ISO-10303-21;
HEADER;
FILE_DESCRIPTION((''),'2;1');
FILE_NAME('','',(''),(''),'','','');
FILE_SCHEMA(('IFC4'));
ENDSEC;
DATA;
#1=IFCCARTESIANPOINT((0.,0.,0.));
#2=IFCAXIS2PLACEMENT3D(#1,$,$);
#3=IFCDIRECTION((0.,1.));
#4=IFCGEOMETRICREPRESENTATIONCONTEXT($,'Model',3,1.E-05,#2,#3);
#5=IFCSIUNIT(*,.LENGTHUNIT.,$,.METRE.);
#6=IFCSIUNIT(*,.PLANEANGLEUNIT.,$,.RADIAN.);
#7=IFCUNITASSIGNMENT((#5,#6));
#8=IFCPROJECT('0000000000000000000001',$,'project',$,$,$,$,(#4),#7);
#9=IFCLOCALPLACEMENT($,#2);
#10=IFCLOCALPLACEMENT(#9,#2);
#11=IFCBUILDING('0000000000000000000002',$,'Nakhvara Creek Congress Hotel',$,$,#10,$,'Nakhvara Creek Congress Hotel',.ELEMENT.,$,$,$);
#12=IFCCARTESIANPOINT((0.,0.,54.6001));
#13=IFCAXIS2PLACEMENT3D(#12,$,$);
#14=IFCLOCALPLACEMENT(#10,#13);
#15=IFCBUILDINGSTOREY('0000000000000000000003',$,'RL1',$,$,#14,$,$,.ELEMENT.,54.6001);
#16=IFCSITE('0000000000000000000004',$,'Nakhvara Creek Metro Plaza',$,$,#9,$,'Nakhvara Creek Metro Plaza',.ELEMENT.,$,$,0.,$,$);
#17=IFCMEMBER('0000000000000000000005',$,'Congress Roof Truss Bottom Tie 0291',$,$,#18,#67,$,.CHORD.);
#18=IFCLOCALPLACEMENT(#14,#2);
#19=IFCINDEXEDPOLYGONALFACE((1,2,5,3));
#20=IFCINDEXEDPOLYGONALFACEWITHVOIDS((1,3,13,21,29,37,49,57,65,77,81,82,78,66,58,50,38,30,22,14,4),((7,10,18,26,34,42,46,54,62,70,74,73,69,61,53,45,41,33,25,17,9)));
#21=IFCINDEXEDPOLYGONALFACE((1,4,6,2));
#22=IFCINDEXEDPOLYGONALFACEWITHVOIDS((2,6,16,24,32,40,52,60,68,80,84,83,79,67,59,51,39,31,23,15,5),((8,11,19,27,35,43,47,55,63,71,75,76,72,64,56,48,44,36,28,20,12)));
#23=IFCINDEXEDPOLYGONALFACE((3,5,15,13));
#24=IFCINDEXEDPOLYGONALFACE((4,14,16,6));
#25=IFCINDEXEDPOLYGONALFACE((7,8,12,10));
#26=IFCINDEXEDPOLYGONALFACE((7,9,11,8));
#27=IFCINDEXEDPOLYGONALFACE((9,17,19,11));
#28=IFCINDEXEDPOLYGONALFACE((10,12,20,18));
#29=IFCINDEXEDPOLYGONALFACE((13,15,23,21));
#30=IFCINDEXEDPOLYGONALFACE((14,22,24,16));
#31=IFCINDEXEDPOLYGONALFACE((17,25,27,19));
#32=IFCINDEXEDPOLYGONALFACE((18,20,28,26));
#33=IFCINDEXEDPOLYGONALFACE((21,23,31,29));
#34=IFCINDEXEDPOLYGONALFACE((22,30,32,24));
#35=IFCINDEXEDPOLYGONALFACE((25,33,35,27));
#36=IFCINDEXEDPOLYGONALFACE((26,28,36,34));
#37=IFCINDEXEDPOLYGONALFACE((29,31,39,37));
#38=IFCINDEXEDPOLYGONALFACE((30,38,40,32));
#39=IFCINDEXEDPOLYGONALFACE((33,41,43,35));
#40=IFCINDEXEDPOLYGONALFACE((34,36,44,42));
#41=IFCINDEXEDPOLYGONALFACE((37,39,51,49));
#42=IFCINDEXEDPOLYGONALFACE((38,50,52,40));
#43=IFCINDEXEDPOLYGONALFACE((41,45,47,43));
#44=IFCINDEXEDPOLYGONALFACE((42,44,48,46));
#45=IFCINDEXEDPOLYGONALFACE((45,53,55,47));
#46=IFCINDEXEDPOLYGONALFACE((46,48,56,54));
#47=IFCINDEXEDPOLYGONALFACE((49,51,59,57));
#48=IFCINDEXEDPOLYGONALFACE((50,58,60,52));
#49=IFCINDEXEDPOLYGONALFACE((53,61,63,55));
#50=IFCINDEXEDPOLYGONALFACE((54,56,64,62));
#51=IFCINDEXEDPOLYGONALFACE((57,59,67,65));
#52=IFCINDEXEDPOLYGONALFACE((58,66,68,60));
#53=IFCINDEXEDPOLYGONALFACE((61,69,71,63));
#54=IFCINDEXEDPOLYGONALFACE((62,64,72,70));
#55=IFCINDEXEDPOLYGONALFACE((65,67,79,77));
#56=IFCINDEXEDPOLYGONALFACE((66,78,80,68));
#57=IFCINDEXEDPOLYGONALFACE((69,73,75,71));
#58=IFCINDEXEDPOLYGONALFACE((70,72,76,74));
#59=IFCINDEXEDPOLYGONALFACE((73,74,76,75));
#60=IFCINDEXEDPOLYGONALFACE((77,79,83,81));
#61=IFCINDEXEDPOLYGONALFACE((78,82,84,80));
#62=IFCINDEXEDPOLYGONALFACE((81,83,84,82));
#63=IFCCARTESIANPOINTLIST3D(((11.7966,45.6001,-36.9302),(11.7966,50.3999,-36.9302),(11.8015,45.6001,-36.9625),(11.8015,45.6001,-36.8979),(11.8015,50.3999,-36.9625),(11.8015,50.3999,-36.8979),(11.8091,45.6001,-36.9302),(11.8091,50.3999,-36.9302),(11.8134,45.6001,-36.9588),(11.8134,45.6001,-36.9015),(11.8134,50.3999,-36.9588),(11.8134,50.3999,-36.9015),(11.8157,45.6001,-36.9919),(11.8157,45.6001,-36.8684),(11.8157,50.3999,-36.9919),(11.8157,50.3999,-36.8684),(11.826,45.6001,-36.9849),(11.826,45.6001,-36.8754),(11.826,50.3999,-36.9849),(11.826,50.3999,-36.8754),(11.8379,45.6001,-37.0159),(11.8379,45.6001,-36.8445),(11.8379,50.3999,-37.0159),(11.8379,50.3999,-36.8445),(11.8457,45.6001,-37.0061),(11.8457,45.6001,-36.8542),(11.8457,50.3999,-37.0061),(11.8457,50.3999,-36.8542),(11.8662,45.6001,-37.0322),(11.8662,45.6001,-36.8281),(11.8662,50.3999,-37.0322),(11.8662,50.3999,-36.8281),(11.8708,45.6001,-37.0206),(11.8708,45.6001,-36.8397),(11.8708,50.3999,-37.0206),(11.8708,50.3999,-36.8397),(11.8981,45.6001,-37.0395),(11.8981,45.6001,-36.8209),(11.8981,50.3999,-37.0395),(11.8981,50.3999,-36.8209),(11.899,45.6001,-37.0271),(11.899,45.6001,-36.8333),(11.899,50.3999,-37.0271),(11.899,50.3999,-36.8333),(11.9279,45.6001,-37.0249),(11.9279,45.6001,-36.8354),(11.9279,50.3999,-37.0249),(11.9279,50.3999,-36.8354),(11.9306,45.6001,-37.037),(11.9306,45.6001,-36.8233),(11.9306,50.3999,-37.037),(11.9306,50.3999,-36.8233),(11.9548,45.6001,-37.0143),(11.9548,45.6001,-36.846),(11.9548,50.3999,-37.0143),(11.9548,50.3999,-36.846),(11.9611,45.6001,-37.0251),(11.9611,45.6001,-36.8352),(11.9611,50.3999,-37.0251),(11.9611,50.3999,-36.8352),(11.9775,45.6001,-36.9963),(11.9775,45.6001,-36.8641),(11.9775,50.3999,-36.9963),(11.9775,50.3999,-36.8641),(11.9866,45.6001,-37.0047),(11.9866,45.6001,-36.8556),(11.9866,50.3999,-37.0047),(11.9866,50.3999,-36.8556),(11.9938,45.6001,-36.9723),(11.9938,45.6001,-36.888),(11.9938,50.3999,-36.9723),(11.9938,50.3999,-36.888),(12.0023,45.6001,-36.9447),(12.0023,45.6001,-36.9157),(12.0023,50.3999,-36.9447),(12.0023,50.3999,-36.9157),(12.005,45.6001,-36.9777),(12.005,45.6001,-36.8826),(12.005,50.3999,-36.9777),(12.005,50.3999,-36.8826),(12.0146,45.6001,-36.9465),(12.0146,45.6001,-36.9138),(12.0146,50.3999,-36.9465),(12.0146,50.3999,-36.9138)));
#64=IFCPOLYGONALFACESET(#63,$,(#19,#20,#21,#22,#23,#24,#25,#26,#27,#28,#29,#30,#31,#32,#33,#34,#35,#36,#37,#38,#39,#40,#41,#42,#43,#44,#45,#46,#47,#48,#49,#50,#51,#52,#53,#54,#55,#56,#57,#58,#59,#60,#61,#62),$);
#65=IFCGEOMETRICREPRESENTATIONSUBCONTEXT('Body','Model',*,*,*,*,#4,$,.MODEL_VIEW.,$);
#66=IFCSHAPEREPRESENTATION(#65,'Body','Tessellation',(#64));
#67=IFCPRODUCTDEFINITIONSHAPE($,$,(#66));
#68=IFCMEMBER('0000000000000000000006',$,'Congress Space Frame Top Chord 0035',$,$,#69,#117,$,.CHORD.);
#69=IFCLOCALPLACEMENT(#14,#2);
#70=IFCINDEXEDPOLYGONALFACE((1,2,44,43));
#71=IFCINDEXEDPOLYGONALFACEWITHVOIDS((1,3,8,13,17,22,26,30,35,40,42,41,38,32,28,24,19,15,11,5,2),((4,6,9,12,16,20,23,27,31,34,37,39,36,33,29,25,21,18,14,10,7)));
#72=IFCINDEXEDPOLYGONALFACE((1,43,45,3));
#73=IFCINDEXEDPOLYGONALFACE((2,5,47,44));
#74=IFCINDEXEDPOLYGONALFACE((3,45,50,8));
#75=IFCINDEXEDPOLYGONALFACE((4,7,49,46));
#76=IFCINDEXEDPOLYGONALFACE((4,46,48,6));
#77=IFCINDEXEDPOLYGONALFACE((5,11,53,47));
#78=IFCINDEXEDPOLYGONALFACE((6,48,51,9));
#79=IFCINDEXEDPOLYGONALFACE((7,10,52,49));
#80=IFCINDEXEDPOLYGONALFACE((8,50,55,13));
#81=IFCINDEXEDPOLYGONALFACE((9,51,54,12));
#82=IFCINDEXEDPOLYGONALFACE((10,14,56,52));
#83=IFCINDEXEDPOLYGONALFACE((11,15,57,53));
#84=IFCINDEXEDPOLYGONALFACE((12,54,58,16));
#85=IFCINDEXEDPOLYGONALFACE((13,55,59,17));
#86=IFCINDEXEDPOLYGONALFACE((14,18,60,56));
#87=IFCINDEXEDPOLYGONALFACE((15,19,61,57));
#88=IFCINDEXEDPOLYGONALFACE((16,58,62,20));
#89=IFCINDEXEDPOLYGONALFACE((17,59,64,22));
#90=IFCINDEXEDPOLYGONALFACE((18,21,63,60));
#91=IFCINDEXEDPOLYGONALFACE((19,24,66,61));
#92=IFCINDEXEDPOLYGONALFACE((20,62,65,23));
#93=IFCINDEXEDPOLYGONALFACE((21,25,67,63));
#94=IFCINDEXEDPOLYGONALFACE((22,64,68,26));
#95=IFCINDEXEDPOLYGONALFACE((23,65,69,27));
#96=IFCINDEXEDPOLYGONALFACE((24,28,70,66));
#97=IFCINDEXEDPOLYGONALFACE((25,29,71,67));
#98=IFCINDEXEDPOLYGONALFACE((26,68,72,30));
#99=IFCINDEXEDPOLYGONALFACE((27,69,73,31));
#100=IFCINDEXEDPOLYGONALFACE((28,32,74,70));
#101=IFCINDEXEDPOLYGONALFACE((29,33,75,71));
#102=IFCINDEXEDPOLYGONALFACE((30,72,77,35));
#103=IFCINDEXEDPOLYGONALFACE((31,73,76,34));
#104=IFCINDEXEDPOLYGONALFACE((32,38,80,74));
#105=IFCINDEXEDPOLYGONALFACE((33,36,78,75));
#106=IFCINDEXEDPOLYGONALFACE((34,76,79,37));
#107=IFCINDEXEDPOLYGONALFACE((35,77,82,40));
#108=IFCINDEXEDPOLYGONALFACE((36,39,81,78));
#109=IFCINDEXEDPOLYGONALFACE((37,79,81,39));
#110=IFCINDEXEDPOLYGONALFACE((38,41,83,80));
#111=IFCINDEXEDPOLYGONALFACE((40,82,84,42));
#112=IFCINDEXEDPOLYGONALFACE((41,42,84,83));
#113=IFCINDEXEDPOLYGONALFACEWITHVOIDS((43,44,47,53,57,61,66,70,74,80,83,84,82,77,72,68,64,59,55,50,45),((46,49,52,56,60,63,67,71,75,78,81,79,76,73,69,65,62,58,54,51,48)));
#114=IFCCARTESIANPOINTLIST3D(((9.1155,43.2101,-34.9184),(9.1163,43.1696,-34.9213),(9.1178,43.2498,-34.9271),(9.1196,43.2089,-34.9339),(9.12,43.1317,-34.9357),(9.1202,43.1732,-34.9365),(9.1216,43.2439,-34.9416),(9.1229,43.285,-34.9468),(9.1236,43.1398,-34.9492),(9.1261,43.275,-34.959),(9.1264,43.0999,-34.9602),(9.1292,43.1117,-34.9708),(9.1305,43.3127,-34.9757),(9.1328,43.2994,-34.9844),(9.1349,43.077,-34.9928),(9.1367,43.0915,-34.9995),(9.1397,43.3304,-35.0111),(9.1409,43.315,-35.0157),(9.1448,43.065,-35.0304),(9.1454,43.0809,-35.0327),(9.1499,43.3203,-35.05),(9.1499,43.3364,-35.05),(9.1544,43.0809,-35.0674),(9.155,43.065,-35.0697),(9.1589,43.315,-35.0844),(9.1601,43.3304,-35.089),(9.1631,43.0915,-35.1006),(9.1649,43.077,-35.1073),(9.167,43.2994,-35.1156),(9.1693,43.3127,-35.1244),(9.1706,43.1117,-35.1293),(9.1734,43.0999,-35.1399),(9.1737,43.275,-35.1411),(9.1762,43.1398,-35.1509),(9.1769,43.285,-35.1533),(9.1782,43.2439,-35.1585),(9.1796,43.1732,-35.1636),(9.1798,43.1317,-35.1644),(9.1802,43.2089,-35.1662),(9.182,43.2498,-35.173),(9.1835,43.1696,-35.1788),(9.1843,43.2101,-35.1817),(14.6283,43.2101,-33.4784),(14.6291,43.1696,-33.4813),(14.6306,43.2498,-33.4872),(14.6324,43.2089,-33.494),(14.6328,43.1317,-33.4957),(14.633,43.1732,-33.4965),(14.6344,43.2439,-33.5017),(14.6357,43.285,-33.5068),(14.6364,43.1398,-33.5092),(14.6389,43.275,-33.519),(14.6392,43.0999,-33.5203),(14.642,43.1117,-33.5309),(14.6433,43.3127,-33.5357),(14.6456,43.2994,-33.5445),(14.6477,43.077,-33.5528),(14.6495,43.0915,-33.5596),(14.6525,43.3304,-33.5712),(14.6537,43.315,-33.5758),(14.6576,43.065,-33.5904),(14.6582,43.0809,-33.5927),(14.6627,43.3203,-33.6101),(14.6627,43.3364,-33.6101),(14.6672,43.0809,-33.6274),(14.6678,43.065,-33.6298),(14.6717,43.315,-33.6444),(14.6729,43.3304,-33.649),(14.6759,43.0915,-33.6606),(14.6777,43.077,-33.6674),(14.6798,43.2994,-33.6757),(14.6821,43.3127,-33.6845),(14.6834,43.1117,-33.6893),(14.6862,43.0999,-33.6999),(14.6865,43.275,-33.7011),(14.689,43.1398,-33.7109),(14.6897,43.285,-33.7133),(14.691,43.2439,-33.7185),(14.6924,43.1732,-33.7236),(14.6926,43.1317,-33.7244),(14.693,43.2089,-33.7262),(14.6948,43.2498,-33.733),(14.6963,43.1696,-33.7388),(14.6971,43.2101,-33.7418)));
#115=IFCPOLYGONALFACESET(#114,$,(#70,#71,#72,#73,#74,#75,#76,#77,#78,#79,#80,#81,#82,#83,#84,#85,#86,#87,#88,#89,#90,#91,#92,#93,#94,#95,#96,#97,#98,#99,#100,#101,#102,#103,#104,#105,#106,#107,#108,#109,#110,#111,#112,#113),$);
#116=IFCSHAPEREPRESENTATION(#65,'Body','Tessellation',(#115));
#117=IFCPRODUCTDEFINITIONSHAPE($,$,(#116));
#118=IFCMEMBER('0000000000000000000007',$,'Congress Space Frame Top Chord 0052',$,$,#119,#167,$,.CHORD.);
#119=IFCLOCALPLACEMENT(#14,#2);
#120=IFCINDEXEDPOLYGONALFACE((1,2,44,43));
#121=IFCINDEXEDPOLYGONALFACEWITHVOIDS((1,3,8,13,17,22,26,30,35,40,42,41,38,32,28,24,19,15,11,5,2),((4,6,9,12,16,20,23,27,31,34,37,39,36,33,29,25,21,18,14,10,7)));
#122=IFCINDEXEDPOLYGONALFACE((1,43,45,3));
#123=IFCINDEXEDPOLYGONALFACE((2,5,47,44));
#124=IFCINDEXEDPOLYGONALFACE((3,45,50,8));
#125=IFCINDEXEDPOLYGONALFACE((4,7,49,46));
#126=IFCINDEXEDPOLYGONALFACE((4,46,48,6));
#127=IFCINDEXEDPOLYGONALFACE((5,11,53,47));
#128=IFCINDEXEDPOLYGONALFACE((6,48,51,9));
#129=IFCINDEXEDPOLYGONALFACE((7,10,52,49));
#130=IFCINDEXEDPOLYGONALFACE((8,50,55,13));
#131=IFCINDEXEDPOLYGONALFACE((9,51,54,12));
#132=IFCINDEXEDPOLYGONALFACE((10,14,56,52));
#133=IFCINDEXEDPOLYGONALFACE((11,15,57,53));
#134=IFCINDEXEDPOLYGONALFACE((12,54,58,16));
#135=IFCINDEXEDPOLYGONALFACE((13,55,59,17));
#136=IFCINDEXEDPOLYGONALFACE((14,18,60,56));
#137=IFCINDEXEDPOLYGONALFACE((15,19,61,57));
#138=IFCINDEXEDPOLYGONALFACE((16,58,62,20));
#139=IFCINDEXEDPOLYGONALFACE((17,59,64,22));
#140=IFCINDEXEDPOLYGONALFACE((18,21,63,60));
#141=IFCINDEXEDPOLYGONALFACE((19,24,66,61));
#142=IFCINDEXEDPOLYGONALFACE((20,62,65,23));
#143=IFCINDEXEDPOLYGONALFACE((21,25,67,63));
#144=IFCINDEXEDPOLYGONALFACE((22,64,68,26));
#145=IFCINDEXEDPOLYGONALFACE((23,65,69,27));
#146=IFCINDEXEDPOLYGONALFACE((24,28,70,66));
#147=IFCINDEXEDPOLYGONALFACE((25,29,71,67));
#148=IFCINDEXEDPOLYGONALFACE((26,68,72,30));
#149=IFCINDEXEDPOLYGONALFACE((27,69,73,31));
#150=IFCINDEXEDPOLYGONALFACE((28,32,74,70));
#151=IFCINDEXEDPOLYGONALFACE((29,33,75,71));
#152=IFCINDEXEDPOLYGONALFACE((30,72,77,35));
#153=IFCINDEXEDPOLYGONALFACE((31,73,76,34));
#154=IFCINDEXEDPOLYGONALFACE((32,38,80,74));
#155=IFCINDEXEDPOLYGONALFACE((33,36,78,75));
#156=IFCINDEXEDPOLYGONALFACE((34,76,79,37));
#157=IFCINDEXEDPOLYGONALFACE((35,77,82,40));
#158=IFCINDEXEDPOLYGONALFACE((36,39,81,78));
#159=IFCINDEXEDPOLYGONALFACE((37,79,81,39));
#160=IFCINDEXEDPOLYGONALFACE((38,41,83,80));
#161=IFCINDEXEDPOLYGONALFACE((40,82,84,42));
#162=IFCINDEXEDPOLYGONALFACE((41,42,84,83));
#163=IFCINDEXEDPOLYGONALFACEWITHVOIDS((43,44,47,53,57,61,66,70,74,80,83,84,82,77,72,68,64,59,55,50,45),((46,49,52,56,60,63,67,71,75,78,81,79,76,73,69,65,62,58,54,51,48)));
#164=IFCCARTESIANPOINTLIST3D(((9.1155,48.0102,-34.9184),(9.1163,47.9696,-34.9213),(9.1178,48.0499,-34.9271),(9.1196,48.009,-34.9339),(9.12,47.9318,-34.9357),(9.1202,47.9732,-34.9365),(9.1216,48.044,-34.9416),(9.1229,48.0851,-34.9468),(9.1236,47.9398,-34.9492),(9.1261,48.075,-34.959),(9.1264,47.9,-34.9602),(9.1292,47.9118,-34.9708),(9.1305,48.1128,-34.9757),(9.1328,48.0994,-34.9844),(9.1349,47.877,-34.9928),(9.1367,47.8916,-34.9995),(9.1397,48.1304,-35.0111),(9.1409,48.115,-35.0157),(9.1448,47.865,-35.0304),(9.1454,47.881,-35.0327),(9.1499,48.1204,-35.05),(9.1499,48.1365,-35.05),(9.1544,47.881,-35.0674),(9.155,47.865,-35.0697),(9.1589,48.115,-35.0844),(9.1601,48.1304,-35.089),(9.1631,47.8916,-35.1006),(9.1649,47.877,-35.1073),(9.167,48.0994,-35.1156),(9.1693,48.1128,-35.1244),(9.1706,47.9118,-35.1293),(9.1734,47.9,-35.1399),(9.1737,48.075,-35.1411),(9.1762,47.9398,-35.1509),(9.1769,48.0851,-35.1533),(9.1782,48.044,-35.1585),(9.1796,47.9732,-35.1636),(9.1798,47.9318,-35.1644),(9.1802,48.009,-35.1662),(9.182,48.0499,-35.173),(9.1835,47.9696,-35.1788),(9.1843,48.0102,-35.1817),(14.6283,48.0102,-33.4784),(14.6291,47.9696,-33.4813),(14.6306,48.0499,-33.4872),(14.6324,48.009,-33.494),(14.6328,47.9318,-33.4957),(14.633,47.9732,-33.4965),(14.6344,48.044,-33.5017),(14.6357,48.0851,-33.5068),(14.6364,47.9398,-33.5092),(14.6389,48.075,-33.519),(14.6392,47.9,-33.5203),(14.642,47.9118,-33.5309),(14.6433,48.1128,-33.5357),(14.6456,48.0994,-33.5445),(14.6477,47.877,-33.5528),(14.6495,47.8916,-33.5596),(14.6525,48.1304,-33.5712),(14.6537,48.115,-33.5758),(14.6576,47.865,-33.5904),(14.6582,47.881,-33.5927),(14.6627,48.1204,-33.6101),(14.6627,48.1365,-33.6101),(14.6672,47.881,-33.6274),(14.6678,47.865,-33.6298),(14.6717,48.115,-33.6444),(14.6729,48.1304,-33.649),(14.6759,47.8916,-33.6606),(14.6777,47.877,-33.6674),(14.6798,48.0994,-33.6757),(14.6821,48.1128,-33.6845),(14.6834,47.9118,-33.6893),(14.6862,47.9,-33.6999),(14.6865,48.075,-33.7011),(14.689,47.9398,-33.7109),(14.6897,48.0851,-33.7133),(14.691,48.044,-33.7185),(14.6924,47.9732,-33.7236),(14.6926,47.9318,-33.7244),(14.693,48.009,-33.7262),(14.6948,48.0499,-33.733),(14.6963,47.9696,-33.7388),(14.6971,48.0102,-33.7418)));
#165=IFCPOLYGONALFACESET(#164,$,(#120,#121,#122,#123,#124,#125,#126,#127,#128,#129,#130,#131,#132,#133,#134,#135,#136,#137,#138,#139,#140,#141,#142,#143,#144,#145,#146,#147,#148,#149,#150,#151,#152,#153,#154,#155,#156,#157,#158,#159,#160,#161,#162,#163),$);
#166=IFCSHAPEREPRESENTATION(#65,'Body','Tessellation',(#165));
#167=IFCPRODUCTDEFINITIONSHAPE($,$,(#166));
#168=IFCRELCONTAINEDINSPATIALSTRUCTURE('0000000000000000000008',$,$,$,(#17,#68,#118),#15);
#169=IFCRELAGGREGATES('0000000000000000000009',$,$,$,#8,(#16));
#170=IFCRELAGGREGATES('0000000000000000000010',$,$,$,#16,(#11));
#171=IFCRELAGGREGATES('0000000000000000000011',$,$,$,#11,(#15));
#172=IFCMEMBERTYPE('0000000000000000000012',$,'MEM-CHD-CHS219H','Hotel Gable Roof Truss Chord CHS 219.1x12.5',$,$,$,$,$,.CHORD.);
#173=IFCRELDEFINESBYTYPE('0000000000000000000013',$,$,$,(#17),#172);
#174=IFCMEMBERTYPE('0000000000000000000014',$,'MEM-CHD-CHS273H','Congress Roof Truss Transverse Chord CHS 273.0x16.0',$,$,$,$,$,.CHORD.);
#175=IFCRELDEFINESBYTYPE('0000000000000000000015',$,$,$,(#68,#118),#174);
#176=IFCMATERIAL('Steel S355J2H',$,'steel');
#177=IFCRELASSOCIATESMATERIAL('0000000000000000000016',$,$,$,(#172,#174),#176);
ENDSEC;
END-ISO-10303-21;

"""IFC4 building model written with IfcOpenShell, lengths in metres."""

from ifc_helpers import new_model, si_unit, direction, frame, origin, origin_2d, place, context, subcontext, project, spatial, hollow_circle, extrude, material, material_profile, profile_set, type_object, element, save


model = new_model("IFC4")

# Units and contexts
model_context = context("Model", 3, precision=1e-05, world=origin(), true_north=direction((0.0, 1.0)))
body_context = subcontext(model_context, "Body", "Model", "MODEL_VIEW")
ifc_project = project(units=[si_unit("LENGTHUNIT", "METRE"), si_unit("PLANEANGLEUNIT", "RADIAN")], contexts=[model_context])

# Site, building, storey
site_placement = place(None, origin())
site = spatial("IfcSite", under=ifc_project, at=site_placement, Name="Nakhvara Creek Metro Plaza", LongName="Nakhvara Creek Metro Plaza", CompositionType="ELEMENT", RefElevation=0.0)
building_placement = place(site_placement, origin())
building = spatial("IfcBuilding", under=site, at=building_placement, Name="Nakhvara Creek Congress Hotel", LongName="Nakhvara Creek Congress Hotel", CompositionType="ELEMENT")
storey_placement = place(building_placement, frame((0.0, 0.0, 54.6001)))
storey = spatial("IfcBuildingStorey", under=building, at=storey_placement, Name="RL1", CompositionType="ELEMENT", Elevation=54.6001)

# Members
ifc_material_1 = material(Name="Steel S355J2H", Category="steel")
ifc_material_profile_1 = material_profile(ifc_material_1, hollow_circle(Radius=0.1096, WallThickness=0.0125, at=origin_2d()), Name="CHS 219.1x12.5", Category="LoadBearing")
ifc_profile_set_1 = profile_set([ifc_material_profile_1], Name="Steel S355J2H")
member_type_1 = type_object("IfcMemberType", Name="MEM-CHD-CHS219H", Description="Hotel Gable Roof Truss Chord CHS 219.1x12.5", PredefinedType="CHORD", material=ifc_profile_set_1)
member_1_placement = place(storey_placement, frame((11.9062, 45.6001, -36.9302), z_axis=(0.0, 1.0, 0.0), x_axis=(-1.0, 0.0, 0.0)))
element("IfcMember", 1, at=member_1_placement, inside=storey, type_object=member_type_1, Name="Congress Roof Truss Bottom Tie 0291", PredefinedType="CHORD", context=body_context, shape_type="SweptSolid", body=[
    extrude(hollow_circle(Radius=0.1096, WallThickness=0.0125, at=origin_2d()), origin(), (0.0, 0.0, 1.0), 4.7998),
])
ifc_material_profile_2 = material_profile(ifc_material_1, hollow_circle(Radius=0.1365, WallThickness=0.0161, at=origin_2d()), Name="CHS 273.0x16.0", Category="LoadBearing")
ifc_profile_set_2 = profile_set([ifc_material_profile_2], Name="Steel S355J2H")
member_type_2 = type_object("IfcMemberType", Name="MEM-CHD-CHS273H", Description="Congress Roof Truss Transverse Chord CHS 273.0x16.0", PredefinedType="CHORD", material=ifc_profile_set_2)
for number, where, z_axis, x_axis, name in (
    (2, (9.1499, 43.2, -35.05), (0.967538, 0.0, 0.252725), (0.0, 1.0, 0.0), "Congress Space Frame Top Chord 0035"),
    (3, (9.1499, 48.0, -35.05), (0.967538, 0.0, 0.252725), (0.0, 1.0, 0.0), "Congress Space Frame Top Chord 0052"),
):
    element("IfcMember", number, at=place(storey_placement, frame(where, z_axis=z_axis, x_axis=x_axis)), inside=storey, type_object=member_type_2, Name=name, PredefinedType="CHORD", context=body_context, shape_type="SweptSolid", body=[
        extrude(hollow_circle(Radius=0.1365, WallThickness=0.0161, at=origin_2d()), origin(), (0.0, 0.0, 1.0), 5.6978),
    ])

save(model, "model.ifc")
